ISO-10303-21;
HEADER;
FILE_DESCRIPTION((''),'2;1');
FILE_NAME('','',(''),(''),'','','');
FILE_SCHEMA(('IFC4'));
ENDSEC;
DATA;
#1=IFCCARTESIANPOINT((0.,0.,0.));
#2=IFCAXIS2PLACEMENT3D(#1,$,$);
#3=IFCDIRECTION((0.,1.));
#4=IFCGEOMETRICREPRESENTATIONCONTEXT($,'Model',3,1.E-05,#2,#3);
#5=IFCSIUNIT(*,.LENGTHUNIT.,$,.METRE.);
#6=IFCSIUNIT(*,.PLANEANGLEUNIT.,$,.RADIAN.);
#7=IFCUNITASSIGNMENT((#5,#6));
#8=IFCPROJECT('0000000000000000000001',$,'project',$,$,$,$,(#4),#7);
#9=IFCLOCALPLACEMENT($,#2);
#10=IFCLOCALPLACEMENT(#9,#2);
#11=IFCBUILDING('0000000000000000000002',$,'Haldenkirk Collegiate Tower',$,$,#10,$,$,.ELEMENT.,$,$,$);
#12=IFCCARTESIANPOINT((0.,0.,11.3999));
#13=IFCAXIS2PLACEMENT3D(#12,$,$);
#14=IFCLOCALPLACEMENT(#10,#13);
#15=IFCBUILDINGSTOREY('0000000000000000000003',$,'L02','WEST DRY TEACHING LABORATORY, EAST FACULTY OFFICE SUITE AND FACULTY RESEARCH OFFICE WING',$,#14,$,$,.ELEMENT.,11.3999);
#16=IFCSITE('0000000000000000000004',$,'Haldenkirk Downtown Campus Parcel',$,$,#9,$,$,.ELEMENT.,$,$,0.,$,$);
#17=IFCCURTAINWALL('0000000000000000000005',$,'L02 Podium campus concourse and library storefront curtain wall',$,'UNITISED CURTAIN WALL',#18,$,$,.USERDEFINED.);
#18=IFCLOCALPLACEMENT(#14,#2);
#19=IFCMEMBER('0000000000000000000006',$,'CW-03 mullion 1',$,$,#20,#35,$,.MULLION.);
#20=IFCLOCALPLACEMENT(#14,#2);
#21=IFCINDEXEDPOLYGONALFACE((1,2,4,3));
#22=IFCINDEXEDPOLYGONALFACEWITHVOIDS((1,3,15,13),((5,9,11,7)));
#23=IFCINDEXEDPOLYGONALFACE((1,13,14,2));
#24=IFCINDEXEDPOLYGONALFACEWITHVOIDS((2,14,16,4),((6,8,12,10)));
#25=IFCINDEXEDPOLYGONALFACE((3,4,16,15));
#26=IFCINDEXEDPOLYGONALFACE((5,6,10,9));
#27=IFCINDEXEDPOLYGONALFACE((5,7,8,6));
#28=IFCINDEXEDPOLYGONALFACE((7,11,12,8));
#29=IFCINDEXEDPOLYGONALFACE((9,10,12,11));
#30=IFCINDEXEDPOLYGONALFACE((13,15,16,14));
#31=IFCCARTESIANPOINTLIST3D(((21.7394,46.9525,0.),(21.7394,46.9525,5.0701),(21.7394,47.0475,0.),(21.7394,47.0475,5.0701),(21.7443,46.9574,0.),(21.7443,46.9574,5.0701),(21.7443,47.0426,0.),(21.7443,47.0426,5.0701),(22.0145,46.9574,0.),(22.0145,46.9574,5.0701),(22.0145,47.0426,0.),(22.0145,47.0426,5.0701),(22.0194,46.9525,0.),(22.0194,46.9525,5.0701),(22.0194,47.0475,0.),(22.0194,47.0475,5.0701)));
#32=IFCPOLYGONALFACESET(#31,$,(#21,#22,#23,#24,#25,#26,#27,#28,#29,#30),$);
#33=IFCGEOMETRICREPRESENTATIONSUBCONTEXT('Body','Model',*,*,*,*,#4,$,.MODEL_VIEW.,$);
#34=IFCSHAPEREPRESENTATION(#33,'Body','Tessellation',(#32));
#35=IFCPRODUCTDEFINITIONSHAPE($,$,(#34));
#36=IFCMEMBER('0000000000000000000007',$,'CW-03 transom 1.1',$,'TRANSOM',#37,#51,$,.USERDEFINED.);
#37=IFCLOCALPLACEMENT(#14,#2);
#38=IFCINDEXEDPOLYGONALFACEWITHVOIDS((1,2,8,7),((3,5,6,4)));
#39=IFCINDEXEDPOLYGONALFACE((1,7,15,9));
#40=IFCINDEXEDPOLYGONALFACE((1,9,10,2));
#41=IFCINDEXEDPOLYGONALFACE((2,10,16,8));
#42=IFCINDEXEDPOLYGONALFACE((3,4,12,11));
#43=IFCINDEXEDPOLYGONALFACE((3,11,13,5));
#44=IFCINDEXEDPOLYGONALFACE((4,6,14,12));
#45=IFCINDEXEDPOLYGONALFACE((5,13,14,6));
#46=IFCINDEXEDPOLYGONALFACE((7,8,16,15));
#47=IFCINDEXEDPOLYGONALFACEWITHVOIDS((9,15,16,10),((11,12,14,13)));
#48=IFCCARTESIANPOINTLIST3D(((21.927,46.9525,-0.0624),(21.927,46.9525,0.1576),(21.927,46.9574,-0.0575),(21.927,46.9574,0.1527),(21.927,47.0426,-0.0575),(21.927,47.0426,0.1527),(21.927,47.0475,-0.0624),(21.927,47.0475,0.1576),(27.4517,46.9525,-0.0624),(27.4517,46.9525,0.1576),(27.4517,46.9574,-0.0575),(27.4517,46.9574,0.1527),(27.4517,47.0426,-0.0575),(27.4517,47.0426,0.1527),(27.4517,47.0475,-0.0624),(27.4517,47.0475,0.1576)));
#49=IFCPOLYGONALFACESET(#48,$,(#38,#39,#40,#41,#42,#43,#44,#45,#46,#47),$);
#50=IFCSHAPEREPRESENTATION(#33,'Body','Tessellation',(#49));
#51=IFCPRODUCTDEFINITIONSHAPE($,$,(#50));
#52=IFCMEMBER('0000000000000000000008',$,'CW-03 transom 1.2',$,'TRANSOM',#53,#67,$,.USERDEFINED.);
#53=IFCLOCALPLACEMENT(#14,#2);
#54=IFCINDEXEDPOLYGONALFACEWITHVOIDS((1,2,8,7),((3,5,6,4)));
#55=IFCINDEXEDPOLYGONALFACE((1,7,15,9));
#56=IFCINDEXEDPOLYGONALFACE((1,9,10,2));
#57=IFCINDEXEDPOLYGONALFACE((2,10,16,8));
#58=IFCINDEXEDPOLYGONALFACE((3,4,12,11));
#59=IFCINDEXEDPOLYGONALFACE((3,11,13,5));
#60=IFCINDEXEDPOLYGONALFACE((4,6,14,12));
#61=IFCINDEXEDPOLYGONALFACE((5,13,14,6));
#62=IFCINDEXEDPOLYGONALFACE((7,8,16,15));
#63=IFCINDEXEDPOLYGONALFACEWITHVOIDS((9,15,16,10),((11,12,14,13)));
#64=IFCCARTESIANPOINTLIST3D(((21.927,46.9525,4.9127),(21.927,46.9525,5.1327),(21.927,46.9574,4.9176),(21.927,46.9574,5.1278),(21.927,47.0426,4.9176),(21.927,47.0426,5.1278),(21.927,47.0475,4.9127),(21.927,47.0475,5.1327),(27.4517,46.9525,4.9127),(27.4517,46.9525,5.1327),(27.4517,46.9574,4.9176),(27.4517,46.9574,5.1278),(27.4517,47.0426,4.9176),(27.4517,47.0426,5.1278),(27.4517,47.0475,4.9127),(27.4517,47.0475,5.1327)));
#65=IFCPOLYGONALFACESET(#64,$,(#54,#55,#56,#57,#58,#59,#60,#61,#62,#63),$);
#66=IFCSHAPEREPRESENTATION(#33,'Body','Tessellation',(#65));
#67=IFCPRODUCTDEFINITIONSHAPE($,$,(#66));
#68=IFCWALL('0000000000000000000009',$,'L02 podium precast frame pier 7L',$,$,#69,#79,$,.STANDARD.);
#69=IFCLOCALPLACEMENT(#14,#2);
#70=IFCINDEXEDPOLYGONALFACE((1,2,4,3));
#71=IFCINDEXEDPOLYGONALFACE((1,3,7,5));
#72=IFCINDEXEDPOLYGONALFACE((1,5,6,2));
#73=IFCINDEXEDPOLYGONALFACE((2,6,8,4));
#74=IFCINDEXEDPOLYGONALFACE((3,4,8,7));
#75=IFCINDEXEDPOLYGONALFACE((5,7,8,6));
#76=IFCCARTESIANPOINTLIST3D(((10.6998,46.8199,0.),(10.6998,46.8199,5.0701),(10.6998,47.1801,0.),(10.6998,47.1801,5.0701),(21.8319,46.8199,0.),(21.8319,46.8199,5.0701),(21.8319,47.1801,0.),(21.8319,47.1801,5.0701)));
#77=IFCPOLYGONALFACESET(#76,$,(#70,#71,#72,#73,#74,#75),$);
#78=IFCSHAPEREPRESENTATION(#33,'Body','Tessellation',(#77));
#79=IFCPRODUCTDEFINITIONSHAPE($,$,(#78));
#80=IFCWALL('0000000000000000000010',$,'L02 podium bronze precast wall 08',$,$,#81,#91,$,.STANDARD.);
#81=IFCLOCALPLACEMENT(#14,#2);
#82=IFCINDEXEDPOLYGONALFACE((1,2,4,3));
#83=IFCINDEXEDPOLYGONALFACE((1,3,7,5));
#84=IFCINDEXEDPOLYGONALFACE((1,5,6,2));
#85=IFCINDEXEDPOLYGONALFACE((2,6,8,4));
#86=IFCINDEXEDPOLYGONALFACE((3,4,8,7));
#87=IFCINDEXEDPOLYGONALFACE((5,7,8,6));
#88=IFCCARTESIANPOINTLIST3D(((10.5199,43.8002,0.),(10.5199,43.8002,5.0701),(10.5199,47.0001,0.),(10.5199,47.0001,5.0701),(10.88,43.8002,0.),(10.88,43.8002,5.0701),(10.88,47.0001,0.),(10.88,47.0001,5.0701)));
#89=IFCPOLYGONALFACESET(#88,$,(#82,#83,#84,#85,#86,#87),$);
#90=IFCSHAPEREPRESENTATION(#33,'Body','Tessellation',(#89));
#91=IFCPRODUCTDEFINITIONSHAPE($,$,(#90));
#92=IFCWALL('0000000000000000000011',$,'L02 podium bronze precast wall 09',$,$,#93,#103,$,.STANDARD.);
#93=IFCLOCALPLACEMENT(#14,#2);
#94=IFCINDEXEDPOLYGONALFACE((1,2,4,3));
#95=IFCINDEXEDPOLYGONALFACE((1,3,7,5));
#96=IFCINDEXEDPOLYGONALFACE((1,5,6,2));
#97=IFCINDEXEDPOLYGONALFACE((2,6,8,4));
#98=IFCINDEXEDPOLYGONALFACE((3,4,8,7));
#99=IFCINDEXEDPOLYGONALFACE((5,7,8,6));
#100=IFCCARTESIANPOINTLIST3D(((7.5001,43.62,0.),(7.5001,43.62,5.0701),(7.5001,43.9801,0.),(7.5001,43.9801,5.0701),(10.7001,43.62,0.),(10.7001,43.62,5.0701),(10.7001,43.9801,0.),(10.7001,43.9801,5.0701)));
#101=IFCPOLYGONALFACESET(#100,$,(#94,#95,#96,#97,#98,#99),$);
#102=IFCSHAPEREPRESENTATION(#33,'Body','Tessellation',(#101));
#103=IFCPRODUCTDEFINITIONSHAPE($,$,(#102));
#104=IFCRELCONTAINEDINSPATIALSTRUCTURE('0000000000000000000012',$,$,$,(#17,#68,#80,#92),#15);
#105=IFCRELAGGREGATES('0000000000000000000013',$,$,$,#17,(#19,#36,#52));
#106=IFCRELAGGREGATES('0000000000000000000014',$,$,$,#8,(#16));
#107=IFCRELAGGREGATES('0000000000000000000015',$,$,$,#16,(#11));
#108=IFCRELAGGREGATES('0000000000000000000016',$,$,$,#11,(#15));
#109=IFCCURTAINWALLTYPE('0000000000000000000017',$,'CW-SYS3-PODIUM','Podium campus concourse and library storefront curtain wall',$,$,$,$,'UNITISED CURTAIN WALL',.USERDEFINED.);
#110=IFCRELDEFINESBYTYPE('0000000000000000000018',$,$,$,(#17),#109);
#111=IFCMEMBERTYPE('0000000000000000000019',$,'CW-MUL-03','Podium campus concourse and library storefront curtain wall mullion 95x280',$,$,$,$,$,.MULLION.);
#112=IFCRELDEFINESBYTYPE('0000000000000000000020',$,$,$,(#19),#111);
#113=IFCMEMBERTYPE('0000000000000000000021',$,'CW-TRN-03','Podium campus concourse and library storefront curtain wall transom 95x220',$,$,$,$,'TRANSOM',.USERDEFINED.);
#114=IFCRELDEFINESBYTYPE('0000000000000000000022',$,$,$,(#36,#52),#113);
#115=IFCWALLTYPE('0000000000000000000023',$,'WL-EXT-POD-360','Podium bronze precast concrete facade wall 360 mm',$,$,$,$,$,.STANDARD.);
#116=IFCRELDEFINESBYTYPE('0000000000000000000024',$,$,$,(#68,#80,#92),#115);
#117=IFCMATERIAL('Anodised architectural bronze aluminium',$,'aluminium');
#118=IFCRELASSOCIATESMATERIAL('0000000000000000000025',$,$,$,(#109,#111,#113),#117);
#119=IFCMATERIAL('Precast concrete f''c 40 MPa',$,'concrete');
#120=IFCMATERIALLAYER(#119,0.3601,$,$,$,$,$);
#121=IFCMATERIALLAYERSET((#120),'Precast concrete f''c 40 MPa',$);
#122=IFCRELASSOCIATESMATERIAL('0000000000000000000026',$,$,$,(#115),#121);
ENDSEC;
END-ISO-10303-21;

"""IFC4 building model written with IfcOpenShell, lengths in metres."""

from ifc_helpers import new_model, si_unit, direction, frame, frame_2d, origin, origin_2d, place, context, subcontext, project, spatial, rectangle, hollow_rectangle, extrude, material, layer, layer_set, material_profile, profile_set, type_object, element, aggregate, save


model = new_model("IFC4")

# Units and contexts
model_context = context("Model", 3, precision=1e-05, world=origin(), true_north=direction((0.0, 1.0)))
body_context = subcontext(model_context, "Body", "Model", "MODEL_VIEW")
ifc_project = project(units=[si_unit("LENGTHUNIT", "METRE"), si_unit("PLANEANGLEUNIT", "RADIAN")], contexts=[model_context])

# Site, building, storey
site_placement = place(None, origin())
site = spatial("IfcSite", under=ifc_project, at=site_placement, Name="Haldenkirk Downtown Campus Parcel", CompositionType="ELEMENT", RefElevation=0.0)
building_placement = place(site_placement, origin())
building = spatial("IfcBuilding", under=site, at=building_placement, Name="Haldenkirk Collegiate Tower", CompositionType="ELEMENT")
storey_placement = place(building_placement, frame((0.0, 0.0, 11.3999)))
storey = spatial("IfcBuildingStorey", under=building, at=storey_placement, Name="L02", Description="WEST DRY TEACHING LABORATORY, EAST FACULTY OFFICE SUITE AND FACULTY RESEARCH OFFICE WING", CompositionType="ELEMENT", Elevation=11.3999)

# Curtain wall, members
ifc_material_1 = material(Name="Anodised architectural bronze aluminium", Category="aluminium")
curtain_wall_type = type_object("IfcCurtainWallType", Name="CW-SYS3-PODIUM", Description="Podium campus concourse and library storefront curtain wall", ElementType="UNITISED CURTAIN WALL", PredefinedType="USERDEFINED", material=ifc_material_1)
curtain_wall_placement = place(storey_placement, origin())
curtain_wall = element("IfcCurtainWall", 1, at=curtain_wall_placement, inside=storey, type_object=curtain_wall_type, Name="L02 Podium campus concourse and library storefront curtain wall", ObjectType="UNITISED CURTAIN WALL", PredefinedType="USERDEFINED")
ifc_material_profile_1 = material_profile(ifc_material_1, hollow_rectangle(XDim=0.095, YDim=0.28, WallThickness=0.0049, at=origin_2d()), Name="CW-MUL-03")
ifc_profile_set_1 = profile_set([ifc_material_profile_1], Name="Anodised architectural bronze aluminium")
member_type_1 = type_object("IfcMemberType", Name="CW-MUL-03", Description="Podium campus concourse and library storefront curtain wall mullion 95x280", PredefinedType="MULLION", material=ifc_profile_set_1)
member_1_placement = place(storey_placement, frame((21.8794, 47.0, 0.0), z_axis=(0.0, 0.0, 1.0), x_axis=(0.0, 1.0, 0.0)))
member_1 = element("IfcMember", 2, at=member_1_placement, type_object=member_type_1, Name="CW-03 mullion 1", PredefinedType="MULLION", context=body_context, shape_type="SweptSolid", body=[
    extrude(hollow_rectangle(XDim=0.095, YDim=0.28, WallThickness=0.0049, at=origin_2d()), origin(), (0.0, 0.0, 1.0), 5.0701),
])
ifc_material_profile_2 = material_profile(ifc_material_1, hollow_rectangle(XDim=0.095, YDim=0.22, WallThickness=0.0049, at=origin_2d()), Name="CW-TRN-03")
ifc_profile_set_2 = profile_set([ifc_material_profile_2], Name="Anodised architectural bronze aluminium")
member_type_2 = type_object("IfcMemberType", Name="CW-TRN-03", Description="Podium campus concourse and library storefront curtain wall transom 95x220", ElementType="TRANSOM", PredefinedType="USERDEFINED", material=ifc_profile_set_2)
member_2_placement = place(storey_placement, frame((21.927, 47.0, 0.0476), z_axis=(1.0, 0.0, 0.0), x_axis=(0.0, 1.0, 0.0)))
member_2 = element("IfcMember", 3, at=member_2_placement, type_object=member_type_2, Name="CW-03 transom 1.1", ObjectType="TRANSOM", PredefinedType="USERDEFINED", context=body_context, shape_type="SweptSolid", body=[
    extrude(hollow_rectangle(XDim=0.095, YDim=0.22, WallThickness=0.0049, at=origin_2d()), origin(), (0.0, 0.0, 1.0), 5.5247),
])
member_3_placement = place(storey_placement, frame((21.927, 47.0, 5.0227), z_axis=(1.0, 0.0, 0.0), x_axis=(0.0, 1.0, 0.0)))
member_3 = element("IfcMember", 4, at=member_3_placement, type_object=member_type_2, Name="CW-03 transom 1.2", ObjectType="TRANSOM", PredefinedType="USERDEFINED", context=body_context, shape_type="SweptSolid", body=[
    extrude(hollow_rectangle(XDim=0.095, YDim=0.22, WallThickness=0.0049, at=origin_2d()), origin(), (0.0, 0.0, 1.0), 5.5247),
])
aggregate(curtain_wall, [member_1, member_2, member_3])

# Walls
ifc_material_2 = material(Name="Precast concrete f'c 40 MPa", Category="concrete")
ifc_layer_1 = layer(ifc_material_2, 0.3601)
ifc_layer_set_1 = layer_set([ifc_layer_1], Name="Precast concrete f'c 40 MPa")
wall_type_1 = type_object("IfcWallType", Name="WL-EXT-POD-360", Description="Podium bronze precast concrete facade wall 360 mm", PredefinedType="STANDARD", material=ifc_layer_set_1)
wall_1_placement = place(storey_placement, frame((10.7, 47.0, 0.0), z_axis=(0.0, 0.0, 1.0), x_axis=(1.0, 0.0, 0.0)))
element("IfcWall", 5, at=wall_1_placement, inside=storey, type_object=wall_type_1, Name="L02 podium precast frame pier 7L", PredefinedType="STANDARD", context=body_context, shape_type="SweptSolid", body=[
    extrude(rectangle(XDim=11.1321, YDim=0.3601, at=frame_2d((5.5659, 0.0))), origin(), (0.0, 0.0, 1.0), 5.0701),
])
for number, where, z_axis, x_axis, name in (
    (6, (10.7, 43.8, 0.0), (0.0, 0.0, 1.0), (0.0, 1.0, 0.0), "L02 podium bronze precast wall 08"),
    (7, (7.5, 43.8, 0.0), (0.0, 0.0, 1.0), (1.0, 0.0, 0.0), "L02 podium bronze precast wall 09"),
):
    element("IfcWall", number, at=place(storey_placement, frame(where, z_axis=z_axis, x_axis=x_axis)), inside=storey, type_object=wall_type_1, Name=name, PredefinedType="STANDARD", context=body_context, shape_type="SweptSolid", body=[
        extrude(rectangle(XDim=3.2, YDim=0.3601, at=frame_2d((1.6001, 0.0))), origin(), (0.0, 0.0, 1.0), 5.0701),
    ])

save(model, "model.ifc")
